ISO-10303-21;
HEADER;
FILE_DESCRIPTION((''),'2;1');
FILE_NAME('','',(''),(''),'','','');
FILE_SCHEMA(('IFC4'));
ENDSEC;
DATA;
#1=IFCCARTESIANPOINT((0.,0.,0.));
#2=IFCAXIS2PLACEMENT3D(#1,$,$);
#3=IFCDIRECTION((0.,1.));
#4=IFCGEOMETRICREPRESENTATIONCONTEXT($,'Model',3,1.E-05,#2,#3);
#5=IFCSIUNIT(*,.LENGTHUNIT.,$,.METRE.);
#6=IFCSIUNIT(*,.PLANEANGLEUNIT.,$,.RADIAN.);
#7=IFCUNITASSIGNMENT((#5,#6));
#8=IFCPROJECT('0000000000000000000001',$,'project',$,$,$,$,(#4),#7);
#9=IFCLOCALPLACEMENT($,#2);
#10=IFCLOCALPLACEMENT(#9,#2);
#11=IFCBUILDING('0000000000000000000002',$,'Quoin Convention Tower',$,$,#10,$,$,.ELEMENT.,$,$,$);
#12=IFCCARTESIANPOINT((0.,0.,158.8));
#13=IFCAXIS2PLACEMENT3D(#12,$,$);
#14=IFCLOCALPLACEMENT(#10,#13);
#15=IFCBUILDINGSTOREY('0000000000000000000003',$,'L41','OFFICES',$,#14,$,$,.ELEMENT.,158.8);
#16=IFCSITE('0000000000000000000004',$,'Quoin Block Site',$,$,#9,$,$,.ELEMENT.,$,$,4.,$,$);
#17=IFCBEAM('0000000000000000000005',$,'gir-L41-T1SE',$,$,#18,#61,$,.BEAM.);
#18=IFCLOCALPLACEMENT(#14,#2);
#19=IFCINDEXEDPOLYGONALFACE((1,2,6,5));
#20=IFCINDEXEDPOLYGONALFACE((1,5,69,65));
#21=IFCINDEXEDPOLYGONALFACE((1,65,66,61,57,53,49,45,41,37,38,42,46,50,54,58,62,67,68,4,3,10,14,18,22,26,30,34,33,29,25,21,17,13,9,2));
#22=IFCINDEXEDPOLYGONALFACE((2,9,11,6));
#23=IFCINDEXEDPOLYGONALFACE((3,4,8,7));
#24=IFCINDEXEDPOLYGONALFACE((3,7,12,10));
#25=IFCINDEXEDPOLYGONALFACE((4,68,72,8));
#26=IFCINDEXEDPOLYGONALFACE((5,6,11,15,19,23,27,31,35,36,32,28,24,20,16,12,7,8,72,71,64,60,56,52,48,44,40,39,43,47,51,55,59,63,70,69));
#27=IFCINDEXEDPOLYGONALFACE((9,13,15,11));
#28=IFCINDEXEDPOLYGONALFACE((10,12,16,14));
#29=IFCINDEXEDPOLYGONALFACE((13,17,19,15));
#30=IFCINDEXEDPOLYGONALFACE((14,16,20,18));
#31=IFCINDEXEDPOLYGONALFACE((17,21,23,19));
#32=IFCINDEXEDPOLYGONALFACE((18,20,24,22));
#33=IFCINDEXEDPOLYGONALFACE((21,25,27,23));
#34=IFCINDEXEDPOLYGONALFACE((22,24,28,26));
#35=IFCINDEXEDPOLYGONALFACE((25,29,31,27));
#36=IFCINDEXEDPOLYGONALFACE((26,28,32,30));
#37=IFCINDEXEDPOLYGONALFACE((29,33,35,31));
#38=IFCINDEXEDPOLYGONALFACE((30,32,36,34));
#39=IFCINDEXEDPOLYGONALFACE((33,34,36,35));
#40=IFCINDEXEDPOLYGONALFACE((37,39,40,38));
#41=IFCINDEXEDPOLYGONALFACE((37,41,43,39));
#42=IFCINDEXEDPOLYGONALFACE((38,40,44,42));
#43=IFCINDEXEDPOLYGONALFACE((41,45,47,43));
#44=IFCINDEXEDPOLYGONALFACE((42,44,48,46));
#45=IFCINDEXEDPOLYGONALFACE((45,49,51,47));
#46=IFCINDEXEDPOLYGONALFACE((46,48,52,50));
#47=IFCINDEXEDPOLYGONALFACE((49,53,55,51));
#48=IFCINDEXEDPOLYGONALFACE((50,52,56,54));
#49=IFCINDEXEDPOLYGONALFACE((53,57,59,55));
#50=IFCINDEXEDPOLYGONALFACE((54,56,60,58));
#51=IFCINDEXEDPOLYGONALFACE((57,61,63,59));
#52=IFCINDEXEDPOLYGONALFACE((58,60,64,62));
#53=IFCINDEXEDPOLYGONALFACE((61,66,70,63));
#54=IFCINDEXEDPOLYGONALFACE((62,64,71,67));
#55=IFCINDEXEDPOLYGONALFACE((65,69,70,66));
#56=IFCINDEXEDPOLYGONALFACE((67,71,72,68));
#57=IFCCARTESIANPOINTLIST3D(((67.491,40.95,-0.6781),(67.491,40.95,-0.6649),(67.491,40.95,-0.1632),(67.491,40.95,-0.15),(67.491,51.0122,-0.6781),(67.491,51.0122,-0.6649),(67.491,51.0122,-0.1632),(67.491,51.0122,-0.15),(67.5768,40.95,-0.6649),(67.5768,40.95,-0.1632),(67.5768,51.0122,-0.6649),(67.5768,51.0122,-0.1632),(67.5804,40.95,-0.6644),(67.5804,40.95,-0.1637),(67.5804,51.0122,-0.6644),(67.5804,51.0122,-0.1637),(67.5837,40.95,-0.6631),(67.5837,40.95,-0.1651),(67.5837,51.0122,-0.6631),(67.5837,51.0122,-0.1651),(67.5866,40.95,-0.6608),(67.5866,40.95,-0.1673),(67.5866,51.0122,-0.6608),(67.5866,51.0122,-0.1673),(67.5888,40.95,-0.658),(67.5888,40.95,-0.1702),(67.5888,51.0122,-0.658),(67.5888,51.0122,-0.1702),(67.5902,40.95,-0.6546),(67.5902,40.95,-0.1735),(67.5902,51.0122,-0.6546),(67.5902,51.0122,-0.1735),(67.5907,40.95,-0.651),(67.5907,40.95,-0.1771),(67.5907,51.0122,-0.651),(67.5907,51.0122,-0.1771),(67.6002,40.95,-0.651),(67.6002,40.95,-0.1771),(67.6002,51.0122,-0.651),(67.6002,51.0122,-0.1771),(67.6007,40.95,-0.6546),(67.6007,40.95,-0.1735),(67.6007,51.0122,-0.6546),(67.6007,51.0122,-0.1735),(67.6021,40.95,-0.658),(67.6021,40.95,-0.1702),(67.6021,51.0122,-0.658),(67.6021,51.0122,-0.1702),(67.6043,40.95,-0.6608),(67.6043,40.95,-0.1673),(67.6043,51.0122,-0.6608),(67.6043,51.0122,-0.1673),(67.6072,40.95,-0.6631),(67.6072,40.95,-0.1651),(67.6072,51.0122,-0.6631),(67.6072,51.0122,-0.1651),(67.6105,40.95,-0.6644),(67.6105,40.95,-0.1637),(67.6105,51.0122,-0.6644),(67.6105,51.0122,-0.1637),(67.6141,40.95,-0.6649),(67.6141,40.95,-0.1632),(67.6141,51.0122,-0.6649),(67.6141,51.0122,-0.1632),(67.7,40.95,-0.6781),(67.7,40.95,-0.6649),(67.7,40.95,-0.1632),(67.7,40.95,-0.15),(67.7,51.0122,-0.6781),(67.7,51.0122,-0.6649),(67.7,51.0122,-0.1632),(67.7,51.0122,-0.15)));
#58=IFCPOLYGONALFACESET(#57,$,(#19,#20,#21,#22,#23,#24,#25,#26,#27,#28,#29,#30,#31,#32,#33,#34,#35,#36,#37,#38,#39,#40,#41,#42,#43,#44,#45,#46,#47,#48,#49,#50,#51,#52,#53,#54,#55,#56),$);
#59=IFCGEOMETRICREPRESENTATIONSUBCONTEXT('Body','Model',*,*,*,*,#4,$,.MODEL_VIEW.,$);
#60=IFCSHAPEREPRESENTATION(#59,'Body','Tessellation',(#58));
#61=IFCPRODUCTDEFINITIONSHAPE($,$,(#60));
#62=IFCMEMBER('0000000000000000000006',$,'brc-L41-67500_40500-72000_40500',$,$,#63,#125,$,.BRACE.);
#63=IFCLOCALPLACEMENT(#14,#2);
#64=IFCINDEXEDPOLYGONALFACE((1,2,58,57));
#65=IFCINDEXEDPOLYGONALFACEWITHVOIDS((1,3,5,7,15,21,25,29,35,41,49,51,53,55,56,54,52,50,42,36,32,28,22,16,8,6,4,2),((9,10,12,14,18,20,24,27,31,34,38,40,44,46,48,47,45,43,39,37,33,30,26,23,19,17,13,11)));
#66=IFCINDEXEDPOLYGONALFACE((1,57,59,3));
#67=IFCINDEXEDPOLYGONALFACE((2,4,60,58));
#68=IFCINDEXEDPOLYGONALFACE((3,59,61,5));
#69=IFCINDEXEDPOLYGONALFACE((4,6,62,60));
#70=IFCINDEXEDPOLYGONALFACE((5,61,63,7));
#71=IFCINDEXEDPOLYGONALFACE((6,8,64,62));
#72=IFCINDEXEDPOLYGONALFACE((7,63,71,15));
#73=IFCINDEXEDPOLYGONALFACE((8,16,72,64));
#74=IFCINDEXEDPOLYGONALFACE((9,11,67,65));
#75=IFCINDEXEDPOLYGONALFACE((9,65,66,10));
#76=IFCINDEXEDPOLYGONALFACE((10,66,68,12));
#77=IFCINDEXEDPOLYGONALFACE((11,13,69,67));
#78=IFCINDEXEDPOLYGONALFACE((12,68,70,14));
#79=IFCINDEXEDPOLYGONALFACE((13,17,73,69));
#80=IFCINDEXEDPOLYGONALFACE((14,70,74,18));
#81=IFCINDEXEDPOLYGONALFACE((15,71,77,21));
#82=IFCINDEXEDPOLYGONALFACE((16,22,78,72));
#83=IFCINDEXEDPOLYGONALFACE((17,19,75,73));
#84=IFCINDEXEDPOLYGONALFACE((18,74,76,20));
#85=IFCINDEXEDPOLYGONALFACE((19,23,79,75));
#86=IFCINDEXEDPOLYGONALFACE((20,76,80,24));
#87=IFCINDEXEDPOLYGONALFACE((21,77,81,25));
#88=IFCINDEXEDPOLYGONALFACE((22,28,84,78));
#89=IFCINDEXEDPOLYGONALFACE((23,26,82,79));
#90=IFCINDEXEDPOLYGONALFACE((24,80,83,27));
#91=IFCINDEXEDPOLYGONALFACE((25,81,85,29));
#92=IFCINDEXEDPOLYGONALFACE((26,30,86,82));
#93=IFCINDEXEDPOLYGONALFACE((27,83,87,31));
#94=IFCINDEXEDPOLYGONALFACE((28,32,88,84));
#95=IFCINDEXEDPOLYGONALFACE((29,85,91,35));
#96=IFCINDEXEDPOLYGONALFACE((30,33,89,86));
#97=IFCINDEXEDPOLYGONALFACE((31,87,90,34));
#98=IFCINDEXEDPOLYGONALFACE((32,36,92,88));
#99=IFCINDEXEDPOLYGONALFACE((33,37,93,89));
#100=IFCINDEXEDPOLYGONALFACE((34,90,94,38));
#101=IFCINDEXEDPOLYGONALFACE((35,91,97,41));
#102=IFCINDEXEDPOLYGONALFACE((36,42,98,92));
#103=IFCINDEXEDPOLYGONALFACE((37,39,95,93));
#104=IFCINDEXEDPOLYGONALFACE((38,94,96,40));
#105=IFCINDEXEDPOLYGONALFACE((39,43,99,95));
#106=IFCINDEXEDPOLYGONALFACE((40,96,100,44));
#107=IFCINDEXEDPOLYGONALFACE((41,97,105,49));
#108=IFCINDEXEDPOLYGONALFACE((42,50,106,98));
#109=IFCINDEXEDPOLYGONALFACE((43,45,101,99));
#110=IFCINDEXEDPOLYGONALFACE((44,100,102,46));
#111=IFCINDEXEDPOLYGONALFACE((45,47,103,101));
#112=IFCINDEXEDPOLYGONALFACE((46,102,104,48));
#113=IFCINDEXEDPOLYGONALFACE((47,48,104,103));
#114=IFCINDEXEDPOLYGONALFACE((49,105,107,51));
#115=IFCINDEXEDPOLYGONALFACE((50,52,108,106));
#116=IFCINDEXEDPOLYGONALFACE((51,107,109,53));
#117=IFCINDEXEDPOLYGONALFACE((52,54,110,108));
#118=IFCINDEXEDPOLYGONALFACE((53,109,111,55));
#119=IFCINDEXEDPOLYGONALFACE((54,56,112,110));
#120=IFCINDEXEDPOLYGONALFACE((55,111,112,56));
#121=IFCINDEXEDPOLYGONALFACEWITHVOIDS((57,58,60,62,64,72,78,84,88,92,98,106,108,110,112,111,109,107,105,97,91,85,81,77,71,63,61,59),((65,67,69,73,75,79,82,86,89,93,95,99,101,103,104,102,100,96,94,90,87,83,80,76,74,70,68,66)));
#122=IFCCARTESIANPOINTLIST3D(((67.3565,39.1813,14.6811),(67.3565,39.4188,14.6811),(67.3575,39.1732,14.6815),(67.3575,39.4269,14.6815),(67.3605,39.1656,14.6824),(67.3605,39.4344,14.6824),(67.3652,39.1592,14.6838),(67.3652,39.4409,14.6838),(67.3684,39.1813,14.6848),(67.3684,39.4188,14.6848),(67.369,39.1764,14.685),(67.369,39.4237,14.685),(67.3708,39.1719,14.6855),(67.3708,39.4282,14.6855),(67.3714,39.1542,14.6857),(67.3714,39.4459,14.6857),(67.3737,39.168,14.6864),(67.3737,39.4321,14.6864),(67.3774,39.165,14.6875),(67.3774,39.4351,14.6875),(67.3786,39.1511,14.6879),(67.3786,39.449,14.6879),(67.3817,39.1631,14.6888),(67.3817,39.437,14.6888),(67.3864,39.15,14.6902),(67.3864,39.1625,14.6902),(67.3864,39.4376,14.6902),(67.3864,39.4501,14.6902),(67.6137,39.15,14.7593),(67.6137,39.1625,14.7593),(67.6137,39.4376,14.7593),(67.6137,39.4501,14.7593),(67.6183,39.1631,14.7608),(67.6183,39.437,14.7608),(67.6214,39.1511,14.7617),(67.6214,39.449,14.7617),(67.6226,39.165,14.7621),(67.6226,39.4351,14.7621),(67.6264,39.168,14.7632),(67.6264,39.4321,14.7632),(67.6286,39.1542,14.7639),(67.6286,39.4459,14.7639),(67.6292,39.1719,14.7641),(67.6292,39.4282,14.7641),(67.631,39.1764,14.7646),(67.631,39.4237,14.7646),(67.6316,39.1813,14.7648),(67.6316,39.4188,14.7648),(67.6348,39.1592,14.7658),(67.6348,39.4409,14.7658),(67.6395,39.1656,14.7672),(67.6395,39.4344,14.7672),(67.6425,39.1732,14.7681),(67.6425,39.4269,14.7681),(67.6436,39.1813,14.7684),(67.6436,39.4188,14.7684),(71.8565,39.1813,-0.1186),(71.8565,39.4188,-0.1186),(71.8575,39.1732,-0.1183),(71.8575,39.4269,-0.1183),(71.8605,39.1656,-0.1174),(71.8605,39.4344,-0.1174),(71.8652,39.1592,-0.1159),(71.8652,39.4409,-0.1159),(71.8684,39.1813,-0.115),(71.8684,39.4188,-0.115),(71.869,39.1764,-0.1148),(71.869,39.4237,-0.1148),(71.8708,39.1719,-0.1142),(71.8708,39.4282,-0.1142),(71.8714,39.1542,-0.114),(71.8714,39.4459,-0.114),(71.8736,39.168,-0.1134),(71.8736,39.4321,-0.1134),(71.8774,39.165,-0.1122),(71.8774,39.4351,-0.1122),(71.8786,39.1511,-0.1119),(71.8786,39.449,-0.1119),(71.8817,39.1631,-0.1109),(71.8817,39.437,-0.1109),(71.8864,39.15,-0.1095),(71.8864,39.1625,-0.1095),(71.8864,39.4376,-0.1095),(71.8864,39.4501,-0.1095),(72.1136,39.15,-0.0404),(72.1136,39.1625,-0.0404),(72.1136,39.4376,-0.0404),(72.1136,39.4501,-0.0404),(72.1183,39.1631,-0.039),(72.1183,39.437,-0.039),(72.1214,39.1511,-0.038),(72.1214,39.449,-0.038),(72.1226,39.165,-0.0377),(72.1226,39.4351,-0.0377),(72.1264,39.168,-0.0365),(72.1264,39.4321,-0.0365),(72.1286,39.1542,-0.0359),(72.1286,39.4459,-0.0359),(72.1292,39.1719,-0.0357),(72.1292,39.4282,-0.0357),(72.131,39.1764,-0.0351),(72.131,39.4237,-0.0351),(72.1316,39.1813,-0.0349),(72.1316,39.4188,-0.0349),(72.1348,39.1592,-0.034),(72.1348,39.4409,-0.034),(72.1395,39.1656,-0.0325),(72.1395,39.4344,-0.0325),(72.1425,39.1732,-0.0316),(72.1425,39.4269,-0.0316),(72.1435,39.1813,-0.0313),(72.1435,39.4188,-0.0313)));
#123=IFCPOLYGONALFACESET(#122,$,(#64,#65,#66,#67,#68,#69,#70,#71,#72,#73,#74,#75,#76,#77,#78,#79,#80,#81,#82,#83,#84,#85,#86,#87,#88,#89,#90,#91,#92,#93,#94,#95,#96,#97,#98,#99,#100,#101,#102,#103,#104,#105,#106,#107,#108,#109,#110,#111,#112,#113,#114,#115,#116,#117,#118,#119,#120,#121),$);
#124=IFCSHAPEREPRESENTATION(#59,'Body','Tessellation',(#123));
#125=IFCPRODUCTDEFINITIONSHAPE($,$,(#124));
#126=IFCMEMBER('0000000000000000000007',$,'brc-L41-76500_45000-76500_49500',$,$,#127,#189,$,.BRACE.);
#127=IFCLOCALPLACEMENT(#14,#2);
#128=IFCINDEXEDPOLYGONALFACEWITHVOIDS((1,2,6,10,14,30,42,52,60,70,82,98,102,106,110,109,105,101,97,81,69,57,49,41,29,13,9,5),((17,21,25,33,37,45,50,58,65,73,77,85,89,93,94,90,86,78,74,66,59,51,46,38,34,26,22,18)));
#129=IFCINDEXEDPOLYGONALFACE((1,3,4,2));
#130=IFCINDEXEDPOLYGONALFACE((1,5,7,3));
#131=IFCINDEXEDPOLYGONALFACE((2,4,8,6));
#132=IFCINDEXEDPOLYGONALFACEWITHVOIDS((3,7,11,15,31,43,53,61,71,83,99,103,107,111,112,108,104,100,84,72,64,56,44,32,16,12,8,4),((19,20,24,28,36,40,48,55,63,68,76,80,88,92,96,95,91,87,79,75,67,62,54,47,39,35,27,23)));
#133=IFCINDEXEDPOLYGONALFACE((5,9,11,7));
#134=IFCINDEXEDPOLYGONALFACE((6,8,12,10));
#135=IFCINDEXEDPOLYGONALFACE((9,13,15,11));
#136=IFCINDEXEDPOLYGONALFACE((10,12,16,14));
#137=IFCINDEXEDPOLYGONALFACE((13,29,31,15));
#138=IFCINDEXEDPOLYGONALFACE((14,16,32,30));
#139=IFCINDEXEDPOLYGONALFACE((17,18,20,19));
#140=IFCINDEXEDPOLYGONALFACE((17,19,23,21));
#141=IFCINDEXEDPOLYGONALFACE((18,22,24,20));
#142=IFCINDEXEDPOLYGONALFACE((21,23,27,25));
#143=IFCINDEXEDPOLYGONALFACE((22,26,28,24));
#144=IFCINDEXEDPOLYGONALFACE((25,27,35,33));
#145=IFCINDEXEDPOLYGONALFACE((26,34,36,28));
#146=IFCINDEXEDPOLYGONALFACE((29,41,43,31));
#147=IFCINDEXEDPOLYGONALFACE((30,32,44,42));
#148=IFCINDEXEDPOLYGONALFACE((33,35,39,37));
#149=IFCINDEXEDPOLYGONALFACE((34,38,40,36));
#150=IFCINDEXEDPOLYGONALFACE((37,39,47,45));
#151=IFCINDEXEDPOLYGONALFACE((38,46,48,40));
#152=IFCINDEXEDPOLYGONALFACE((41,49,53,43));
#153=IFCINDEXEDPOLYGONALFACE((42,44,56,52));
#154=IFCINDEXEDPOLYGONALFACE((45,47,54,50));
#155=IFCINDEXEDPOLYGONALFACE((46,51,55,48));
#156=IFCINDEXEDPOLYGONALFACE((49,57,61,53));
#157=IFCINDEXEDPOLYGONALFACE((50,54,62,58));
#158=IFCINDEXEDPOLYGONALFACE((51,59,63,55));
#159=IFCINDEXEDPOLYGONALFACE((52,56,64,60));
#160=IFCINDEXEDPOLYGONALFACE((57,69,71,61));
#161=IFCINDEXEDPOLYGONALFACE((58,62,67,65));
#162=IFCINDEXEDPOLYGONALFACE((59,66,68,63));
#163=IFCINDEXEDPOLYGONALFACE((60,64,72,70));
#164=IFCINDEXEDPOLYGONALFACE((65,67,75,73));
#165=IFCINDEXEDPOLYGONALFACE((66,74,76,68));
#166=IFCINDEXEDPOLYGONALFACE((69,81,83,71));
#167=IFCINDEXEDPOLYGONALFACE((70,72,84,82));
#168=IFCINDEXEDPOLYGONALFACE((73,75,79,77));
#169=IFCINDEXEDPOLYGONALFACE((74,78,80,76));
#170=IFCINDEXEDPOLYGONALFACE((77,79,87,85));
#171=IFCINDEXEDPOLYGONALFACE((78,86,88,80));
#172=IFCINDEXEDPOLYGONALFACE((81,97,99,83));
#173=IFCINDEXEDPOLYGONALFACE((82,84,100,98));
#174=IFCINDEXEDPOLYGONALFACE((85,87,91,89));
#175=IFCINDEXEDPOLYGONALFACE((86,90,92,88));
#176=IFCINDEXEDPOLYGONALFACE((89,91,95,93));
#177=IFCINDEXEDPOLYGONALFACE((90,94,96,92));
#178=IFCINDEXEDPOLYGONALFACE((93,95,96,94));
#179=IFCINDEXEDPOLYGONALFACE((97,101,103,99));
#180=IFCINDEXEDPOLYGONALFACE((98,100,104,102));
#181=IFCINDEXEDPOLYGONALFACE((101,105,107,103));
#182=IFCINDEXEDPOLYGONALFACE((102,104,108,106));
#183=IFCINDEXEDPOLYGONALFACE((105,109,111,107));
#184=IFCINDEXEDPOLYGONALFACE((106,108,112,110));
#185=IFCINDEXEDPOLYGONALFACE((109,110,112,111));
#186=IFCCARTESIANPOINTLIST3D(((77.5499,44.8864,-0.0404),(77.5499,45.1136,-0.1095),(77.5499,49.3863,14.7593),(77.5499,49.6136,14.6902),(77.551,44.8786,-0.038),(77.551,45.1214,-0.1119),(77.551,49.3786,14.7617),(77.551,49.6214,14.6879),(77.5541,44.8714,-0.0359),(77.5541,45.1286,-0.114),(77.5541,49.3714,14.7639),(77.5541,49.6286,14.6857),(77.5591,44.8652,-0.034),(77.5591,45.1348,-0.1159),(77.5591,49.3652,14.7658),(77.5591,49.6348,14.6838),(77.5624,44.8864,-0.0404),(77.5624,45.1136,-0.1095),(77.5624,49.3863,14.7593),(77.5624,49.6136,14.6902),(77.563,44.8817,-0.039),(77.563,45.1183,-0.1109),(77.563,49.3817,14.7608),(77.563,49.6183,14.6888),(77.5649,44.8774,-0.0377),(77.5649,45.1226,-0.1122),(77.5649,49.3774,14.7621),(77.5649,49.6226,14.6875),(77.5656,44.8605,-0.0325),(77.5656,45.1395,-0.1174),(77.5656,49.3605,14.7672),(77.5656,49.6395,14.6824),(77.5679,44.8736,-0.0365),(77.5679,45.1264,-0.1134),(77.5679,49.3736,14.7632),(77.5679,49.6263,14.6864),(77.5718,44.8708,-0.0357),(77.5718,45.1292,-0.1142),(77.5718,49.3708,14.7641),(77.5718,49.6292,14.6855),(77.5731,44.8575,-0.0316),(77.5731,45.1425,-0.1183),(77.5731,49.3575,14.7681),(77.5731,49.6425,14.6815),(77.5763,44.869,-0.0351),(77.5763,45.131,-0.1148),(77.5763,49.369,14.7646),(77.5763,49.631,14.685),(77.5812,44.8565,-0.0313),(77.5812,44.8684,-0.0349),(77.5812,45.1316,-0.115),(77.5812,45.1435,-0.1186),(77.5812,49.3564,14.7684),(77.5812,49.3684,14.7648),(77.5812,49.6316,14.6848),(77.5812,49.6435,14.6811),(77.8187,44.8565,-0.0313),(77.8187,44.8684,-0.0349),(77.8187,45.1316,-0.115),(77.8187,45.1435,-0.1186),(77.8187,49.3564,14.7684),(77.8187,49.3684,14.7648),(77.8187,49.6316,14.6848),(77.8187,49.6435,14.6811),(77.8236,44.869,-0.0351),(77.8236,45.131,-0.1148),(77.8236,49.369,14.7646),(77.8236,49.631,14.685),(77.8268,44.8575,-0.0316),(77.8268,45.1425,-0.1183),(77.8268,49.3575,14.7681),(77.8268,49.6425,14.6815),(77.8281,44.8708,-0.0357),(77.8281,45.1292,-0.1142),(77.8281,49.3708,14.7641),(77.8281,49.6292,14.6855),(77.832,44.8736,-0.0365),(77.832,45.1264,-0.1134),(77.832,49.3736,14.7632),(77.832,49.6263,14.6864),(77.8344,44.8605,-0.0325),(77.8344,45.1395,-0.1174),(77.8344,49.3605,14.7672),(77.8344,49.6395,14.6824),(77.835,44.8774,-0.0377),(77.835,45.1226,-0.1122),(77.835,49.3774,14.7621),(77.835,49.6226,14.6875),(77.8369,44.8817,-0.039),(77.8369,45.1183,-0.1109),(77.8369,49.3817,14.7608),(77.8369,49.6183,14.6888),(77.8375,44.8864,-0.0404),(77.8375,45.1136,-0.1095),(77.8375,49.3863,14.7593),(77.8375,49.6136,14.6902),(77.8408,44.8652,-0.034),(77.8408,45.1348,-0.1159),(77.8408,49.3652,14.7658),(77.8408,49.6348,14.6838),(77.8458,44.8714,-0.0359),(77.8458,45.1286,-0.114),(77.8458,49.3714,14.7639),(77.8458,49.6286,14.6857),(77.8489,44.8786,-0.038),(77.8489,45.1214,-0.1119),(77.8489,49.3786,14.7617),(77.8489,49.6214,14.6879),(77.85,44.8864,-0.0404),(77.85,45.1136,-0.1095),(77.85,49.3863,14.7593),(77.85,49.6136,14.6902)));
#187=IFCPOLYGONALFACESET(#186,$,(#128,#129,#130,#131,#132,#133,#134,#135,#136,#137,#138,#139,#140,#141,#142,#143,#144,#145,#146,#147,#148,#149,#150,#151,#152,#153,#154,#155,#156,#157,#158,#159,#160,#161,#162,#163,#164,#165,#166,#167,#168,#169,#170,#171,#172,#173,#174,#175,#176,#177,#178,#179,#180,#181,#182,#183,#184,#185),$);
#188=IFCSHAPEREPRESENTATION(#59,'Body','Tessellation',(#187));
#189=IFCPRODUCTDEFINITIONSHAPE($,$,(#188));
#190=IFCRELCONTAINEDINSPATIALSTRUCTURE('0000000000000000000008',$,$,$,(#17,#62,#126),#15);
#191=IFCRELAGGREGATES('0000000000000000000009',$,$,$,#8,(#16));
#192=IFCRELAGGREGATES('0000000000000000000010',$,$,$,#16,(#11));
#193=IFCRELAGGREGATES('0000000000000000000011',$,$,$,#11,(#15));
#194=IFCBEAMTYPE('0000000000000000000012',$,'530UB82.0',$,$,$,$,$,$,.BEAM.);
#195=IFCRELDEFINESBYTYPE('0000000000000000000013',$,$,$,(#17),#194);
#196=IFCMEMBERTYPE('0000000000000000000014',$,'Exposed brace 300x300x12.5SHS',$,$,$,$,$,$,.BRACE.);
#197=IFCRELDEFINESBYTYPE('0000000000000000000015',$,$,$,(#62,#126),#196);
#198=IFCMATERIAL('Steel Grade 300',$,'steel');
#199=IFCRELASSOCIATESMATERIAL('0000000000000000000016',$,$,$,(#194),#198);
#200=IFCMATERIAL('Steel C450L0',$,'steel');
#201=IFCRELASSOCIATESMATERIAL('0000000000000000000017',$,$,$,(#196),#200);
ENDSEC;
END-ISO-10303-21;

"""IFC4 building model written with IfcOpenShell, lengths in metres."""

from ifc_helpers import new_model, si_unit, direction, frame, origin, origin_2d, place, context, subcontext, project, spatial, hollow_rectangle, i_section, extrude, material, material_profile, profile_set, type_object, element, save


model = new_model("IFC4")

# Units and contexts
model_context = context("Model", 3, precision=1e-05, world=origin(), true_north=direction((0.0, 1.0)))
body_context = subcontext(model_context, "Body", "Model", "MODEL_VIEW")
ifc_project = project(units=[si_unit("LENGTHUNIT", "METRE"), si_unit("PLANEANGLEUNIT", "RADIAN")], contexts=[model_context])

# Site, building, storey
site_placement = place(None, origin())
site = spatial("IfcSite", under=ifc_project, at=site_placement, Name="Quoin Block Site", CompositionType="ELEMENT", RefElevation=4.0)
building_placement = place(site_placement, origin())
building = spatial("IfcBuilding", under=site, at=building_placement, Name="Quoin Convention Tower", CompositionType="ELEMENT")
storey_placement = place(building_placement, frame((0.0, 0.0, 158.8)))
storey = spatial("IfcBuildingStorey", under=building, at=storey_placement, Name="L41", Description="OFFICES", CompositionType="ELEMENT", Elevation=158.8)

# Beam
ifc_material_1 = material(Name="Steel Grade 300", Category="steel")
ifc_material_profile_1 = material_profile(ifc_material_1, i_section(OverallWidth=0.209, OverallDepth=0.5281, WebThickness=0.0095, FlangeThickness=0.0132, FilletRadius=0.0139, at=origin_2d()), Name="530UB82.0")
ifc_profile_set_1 = profile_set([ifc_material_profile_1], Name="Steel Grade 300")
beam_type_1 = type_object("IfcBeamType", Name="530UB82.0", PredefinedType="BEAM", material=ifc_profile_set_1)
beam_1_placement = place(storey_placement, frame((67.5955, 40.95, -0.4141), z_axis=(0.0, 1.0, 0.0), x_axis=(-1.0, 0.0, 0.0)))
element("IfcBeam", 1, at=beam_1_placement, inside=storey, type_object=beam_type_1, Name="gir-L41-T1SE", PredefinedType="BEAM", context=body_context, shape_type="SweptSolid", body=[
    extrude(i_section(OverallWidth=0.209, OverallDepth=0.5281, WebThickness=0.0095, FlangeThickness=0.0132, FilletRadius=0.0139, at=origin_2d()), origin(), (0.0, 0.0, 1.0), 10.0623),
])

# Members
ifc_material_2 = material(Name="Steel C450L0", Category="steel")
ifc_material_profile_2 = material_profile(ifc_material_2, hollow_rectangle(XDim=0.3, YDim=0.3, WallThickness=0.0125, InnerFilletRadius=0.0188, OuterFilletRadius=0.0312, at=origin_2d()), Name="300x300x12.5SHS")
ifc_profile_set_2 = profile_set([ifc_material_profile_2], Name="Steel C450L0")
member_type = type_object("IfcMemberType", Name="Exposed brace 300x300x12.5SHS", PredefinedType="BRACE", material=ifc_profile_set_2)
for number, where, z_axis, x_axis, name in (
    (2, (72.0, 39.3, -0.075), (-0.290908, 0.0, 0.956751), (0.0, -1.0, 0.0), "brc-L41-67500_40500-72000_40500"),
    (3, (77.7, 45.0, -0.075), (0.0, 0.290908, 0.956751), (-1.0, 0.0, 0.0), "brc-L41-76500_45000-76500_49500"),
):
    element("IfcMember", number, at=place(storey_placement, frame(where, z_axis=z_axis, x_axis=x_axis)), inside=storey, type_object=member_type, Name=name, PredefinedType="BRACE", context=body_context, shape_type="SweptSolid", body=[
        extrude(hollow_rectangle(XDim=0.3, YDim=0.3, WallThickness=0.0125, InnerFilletRadius=0.0188, OuterFilletRadius=0.0312, at=origin_2d()), origin(), (0.0, 0.0, 1.0), 15.4688),
    ])

save(model, "model.ifc")
